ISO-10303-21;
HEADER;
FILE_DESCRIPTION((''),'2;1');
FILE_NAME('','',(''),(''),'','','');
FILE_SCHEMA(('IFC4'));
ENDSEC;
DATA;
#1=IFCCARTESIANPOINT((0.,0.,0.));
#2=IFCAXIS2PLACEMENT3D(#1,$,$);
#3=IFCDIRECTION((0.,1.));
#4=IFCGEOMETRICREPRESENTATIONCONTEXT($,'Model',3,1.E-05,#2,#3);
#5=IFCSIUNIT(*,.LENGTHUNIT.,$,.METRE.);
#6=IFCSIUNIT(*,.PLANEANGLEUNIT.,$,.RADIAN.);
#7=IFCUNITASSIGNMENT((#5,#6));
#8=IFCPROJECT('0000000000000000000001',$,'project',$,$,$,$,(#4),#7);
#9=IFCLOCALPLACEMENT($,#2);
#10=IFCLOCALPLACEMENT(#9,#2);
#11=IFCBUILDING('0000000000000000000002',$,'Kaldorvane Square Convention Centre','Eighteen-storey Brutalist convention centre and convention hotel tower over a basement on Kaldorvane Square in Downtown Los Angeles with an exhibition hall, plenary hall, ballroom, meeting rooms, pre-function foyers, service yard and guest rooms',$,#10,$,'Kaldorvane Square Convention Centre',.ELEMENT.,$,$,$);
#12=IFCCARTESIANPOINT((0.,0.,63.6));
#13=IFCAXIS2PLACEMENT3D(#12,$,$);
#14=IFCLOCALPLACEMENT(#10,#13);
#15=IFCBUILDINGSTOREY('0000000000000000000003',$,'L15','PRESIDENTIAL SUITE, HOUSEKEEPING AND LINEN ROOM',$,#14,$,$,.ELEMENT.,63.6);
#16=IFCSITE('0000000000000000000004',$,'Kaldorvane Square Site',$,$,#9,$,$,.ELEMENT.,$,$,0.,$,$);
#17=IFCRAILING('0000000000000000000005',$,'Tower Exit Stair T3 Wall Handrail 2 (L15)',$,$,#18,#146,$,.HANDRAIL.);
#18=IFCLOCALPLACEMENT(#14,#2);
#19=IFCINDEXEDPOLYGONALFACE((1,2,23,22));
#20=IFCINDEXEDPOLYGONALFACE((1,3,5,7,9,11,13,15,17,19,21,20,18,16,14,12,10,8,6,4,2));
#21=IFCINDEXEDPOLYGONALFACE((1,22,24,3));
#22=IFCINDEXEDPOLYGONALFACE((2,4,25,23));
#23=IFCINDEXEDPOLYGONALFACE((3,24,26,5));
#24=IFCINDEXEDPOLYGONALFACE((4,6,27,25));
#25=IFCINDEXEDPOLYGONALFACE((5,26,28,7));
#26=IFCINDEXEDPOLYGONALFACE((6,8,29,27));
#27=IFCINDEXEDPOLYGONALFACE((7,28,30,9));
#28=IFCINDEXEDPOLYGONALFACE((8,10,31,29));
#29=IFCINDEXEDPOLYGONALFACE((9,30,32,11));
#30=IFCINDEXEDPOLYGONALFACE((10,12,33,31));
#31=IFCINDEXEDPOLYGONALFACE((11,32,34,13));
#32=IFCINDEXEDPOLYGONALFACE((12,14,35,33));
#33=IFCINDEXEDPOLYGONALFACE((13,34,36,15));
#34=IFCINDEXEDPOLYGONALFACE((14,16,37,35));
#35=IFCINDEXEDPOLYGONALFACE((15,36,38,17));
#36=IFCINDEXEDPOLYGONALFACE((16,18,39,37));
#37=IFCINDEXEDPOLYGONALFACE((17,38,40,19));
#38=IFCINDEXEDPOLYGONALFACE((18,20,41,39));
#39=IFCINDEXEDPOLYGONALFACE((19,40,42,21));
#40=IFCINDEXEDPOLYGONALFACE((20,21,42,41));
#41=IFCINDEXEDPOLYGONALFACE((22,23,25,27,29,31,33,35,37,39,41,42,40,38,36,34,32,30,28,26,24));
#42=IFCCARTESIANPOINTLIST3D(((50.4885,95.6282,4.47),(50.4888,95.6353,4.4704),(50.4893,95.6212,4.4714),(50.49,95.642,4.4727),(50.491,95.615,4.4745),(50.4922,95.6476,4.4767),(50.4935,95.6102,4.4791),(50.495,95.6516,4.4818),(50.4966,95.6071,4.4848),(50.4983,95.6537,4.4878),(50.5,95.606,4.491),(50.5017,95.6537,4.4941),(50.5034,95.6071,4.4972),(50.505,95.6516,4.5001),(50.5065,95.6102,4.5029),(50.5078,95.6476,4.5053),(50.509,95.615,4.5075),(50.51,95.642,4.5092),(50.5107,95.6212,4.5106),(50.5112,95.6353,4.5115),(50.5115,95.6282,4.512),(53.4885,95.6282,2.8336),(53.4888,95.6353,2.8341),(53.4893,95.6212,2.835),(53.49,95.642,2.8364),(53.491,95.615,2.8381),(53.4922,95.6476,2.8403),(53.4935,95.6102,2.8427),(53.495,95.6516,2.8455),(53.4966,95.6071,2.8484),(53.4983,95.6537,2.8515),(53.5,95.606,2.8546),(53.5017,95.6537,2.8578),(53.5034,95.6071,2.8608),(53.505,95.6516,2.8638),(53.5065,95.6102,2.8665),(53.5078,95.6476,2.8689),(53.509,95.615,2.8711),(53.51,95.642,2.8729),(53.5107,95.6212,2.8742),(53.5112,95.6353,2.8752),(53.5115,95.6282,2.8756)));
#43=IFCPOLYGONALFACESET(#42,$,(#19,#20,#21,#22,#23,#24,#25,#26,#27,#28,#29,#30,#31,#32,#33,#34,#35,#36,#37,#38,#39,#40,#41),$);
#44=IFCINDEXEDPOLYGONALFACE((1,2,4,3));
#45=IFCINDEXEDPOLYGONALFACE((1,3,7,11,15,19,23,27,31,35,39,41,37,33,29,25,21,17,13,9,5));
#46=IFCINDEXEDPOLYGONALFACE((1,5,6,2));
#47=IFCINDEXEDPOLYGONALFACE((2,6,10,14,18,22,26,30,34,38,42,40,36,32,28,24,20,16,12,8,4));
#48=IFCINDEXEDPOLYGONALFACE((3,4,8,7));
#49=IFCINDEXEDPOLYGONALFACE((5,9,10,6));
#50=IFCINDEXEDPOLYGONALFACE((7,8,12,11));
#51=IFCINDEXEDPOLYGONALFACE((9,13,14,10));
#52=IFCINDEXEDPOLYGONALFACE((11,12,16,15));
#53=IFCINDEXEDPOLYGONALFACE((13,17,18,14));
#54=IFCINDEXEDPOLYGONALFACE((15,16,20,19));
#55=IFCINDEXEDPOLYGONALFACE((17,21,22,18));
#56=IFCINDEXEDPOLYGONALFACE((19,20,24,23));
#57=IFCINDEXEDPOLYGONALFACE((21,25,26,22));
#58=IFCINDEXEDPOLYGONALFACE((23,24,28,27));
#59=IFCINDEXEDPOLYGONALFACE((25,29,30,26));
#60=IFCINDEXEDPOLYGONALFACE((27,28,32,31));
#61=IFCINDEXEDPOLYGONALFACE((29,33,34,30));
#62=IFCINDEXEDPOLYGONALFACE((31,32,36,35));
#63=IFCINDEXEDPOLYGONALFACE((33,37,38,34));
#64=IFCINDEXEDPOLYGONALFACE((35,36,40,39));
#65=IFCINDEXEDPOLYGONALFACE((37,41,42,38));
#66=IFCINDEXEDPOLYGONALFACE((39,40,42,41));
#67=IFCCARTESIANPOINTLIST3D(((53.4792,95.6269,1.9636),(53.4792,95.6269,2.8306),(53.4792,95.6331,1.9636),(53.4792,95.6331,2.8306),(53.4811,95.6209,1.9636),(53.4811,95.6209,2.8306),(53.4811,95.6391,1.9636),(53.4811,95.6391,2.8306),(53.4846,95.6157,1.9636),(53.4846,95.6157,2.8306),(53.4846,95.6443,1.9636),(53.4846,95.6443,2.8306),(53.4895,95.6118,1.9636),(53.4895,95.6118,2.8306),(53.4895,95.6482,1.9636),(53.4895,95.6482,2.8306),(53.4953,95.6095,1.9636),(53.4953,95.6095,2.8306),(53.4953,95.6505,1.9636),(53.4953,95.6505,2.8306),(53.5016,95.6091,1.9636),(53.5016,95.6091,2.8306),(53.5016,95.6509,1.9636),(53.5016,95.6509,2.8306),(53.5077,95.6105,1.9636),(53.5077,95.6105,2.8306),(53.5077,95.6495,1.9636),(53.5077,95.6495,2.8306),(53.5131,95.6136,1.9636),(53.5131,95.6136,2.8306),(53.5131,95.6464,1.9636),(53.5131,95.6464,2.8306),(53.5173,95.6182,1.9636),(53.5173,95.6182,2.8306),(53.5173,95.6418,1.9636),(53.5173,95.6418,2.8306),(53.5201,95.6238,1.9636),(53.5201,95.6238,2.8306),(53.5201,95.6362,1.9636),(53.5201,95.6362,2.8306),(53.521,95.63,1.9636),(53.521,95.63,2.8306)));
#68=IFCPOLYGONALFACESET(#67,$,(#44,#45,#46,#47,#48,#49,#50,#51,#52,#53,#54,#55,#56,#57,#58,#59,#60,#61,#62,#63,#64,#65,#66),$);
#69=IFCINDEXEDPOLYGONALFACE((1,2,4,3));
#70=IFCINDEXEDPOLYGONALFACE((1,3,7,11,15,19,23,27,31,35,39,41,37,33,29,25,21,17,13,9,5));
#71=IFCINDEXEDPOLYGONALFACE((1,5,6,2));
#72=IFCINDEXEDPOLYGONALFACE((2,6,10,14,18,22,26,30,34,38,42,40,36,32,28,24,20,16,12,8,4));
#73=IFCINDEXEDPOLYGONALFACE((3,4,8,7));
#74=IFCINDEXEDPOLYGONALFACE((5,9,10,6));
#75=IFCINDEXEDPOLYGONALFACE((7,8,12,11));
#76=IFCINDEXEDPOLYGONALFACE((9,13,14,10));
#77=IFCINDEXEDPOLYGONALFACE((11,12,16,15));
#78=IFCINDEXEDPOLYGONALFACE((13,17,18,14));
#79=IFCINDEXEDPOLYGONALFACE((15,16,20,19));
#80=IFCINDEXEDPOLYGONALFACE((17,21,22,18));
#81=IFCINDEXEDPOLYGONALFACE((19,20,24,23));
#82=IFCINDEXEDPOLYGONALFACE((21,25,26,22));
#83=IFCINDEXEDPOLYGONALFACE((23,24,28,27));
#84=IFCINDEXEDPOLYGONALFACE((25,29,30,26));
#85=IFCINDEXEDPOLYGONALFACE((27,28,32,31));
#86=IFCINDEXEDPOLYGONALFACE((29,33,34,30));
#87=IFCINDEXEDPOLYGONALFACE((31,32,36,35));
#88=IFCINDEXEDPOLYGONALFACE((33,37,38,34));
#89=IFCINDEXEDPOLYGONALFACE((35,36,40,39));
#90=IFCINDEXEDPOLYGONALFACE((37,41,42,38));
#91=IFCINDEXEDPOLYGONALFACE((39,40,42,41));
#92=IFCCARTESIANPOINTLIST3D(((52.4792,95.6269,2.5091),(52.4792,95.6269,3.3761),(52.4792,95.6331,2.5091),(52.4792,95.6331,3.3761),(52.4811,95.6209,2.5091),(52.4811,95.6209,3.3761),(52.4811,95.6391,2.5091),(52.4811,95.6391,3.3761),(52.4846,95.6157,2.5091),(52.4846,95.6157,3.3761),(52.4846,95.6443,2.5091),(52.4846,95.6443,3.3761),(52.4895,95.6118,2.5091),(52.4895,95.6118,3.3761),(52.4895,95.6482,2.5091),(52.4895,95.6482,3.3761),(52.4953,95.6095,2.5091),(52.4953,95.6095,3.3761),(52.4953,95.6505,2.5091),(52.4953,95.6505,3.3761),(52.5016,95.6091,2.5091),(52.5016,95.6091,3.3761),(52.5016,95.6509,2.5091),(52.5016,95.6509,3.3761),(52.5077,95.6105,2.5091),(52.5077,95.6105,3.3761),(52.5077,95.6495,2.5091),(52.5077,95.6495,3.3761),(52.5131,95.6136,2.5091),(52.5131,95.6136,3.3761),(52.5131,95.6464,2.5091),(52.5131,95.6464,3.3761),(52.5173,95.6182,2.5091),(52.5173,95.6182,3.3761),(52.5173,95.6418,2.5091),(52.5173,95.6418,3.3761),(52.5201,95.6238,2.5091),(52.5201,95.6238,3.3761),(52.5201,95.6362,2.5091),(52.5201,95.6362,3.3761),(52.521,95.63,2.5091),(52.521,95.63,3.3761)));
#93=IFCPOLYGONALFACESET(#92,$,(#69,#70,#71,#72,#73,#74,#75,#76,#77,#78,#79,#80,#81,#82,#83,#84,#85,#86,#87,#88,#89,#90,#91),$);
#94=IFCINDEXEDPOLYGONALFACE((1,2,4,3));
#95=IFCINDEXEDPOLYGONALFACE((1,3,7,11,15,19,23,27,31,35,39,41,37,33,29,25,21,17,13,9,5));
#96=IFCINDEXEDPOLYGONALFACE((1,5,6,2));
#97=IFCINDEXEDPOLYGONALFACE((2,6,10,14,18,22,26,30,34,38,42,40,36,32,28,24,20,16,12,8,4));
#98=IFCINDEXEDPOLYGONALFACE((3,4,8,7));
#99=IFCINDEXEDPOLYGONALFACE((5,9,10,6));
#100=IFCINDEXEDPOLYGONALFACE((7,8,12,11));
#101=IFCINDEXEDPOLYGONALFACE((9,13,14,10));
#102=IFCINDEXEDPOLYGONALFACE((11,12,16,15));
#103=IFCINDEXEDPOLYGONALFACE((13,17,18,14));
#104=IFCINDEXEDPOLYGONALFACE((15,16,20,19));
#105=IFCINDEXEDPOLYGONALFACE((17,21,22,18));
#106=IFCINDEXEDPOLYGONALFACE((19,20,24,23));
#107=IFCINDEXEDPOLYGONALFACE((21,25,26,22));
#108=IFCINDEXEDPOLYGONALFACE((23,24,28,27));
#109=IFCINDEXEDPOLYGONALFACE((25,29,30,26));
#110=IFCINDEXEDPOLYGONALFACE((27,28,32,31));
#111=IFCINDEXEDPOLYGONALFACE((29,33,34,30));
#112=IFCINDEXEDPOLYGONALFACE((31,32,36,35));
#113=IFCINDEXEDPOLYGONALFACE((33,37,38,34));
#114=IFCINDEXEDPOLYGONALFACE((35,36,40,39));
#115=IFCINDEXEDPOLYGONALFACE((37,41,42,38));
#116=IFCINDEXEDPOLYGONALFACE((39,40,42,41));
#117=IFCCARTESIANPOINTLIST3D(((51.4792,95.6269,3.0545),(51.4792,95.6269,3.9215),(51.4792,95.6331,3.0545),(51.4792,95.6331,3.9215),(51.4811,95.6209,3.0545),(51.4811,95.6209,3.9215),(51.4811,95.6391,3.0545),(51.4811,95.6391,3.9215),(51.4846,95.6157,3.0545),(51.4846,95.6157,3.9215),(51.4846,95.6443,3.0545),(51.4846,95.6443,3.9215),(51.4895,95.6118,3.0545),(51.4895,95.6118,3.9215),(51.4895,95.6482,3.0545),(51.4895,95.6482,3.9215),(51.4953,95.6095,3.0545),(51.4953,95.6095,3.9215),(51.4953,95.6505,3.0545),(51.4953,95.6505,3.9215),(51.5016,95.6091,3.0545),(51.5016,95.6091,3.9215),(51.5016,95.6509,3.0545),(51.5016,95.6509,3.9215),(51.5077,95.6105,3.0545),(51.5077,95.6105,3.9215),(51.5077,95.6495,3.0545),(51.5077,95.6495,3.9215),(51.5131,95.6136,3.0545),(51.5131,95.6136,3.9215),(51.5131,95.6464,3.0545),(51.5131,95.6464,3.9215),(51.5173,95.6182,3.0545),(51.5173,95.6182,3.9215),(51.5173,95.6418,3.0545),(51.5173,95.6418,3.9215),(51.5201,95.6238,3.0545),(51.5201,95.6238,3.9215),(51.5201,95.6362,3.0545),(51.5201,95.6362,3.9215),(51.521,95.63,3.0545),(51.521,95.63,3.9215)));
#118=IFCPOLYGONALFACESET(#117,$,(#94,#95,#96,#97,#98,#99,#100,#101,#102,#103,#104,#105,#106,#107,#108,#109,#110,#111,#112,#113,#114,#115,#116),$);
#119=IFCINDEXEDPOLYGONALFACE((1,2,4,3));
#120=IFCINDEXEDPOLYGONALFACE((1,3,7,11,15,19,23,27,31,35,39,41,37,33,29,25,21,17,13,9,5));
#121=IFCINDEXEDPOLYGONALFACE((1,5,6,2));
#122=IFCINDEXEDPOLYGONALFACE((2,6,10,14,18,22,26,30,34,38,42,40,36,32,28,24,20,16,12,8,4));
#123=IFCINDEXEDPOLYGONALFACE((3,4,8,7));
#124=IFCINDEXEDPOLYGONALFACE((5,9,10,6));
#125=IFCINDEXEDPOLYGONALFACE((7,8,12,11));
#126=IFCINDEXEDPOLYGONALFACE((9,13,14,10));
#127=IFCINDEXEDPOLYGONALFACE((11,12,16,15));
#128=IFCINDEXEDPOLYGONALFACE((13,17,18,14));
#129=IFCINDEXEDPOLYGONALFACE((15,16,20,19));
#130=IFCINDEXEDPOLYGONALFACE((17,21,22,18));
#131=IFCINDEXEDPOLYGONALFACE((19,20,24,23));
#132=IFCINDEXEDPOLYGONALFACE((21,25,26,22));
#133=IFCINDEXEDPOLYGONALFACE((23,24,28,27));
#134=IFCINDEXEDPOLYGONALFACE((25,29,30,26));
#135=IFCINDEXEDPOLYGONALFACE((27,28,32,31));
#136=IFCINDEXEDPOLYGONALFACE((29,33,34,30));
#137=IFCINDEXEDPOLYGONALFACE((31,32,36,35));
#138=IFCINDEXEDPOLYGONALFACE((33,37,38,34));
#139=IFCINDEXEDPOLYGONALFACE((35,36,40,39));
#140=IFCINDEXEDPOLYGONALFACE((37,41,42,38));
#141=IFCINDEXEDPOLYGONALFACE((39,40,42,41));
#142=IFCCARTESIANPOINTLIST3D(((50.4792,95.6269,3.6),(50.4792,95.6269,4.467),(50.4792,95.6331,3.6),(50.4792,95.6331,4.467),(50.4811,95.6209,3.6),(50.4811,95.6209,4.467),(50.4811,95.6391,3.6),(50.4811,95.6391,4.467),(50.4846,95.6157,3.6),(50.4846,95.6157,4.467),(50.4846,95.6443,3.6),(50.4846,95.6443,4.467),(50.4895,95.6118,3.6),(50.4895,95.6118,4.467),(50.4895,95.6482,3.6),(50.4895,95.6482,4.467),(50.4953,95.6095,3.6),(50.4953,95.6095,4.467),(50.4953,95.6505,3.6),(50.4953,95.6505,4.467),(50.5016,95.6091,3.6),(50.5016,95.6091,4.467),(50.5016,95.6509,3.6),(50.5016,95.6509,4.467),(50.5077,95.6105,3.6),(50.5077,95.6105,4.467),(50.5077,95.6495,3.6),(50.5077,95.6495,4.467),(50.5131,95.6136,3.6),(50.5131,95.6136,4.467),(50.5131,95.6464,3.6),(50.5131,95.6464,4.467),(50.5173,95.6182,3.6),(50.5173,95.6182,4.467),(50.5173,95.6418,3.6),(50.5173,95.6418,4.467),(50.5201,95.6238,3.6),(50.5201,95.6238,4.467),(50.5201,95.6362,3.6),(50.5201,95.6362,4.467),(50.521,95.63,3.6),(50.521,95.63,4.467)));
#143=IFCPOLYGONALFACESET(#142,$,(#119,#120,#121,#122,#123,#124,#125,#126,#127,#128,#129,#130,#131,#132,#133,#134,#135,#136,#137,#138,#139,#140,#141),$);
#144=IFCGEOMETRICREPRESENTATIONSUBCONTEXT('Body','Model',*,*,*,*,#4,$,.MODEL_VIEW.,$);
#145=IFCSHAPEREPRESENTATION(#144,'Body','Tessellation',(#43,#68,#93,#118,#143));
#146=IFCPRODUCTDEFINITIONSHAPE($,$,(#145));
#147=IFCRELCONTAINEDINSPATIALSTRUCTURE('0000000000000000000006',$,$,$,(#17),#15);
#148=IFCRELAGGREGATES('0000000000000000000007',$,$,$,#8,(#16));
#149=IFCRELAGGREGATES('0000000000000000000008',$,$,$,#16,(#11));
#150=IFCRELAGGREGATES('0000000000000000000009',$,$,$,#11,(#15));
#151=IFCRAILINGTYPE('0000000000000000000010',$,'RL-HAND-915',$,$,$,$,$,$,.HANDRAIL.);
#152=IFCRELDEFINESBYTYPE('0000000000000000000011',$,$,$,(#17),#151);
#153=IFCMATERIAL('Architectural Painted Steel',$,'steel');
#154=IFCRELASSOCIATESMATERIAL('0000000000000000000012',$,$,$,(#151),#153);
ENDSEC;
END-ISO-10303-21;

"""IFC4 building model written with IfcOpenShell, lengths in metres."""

from ifc_helpers import new_model, si_unit, direction, frame, origin, origin_2d, place, context, subcontext, project, spatial, circle, extrude, material, type_object, element, save


model = new_model("IFC4")

# Units and contexts
model_context = context("Model", 3, precision=1e-05, world=origin(), true_north=direction((0.0, 1.0)))
body_context = subcontext(model_context, "Body", "Model", "MODEL_VIEW")
ifc_project = project(units=[si_unit("LENGTHUNIT", "METRE"), si_unit("PLANEANGLEUNIT", "RADIAN")], contexts=[model_context])

# Site, building, storey
site_placement = place(None, origin())
site = spatial("IfcSite", under=ifc_project, at=site_placement, Name="Kaldorvane Square Site", CompositionType="ELEMENT", RefElevation=0.0)
building_placement = place(site_placement, origin())
building = spatial("IfcBuilding", under=site, at=building_placement, Name="Kaldorvane Square Convention Centre", Description="Eighteen-storey Brutalist convention centre and convention hotel tower over a basement on Kaldorvane Square in Downtown Los Angeles with an exhibition hall, plenary hall, ballroom, meeting rooms, pre-function foyers, service yard and guest rooms", LongName="Kaldorvane Square Convention Centre", CompositionType="ELEMENT")
storey_placement = place(building_placement, frame((0.0, 0.0, 63.6)))
storey = spatial("IfcBuildingStorey", under=building, at=storey_placement, Name="L15", Description="PRESIDENTIAL SUITE, HOUSEKEEPING AND LINEN ROOM", CompositionType="ELEMENT", Elevation=63.6)

# Railing
ifc_material_1 = material(Name="Architectural Painted Steel", Category="steel")
railing_type = type_object("IfcRailingType", Name="RL-HAND-915", PredefinedType="HANDRAIL", material=ifc_material_1)
railing_placement = place(storey_placement, frame((53.5, 95.63, 1.9636)))
element("IfcRailing", 1, at=railing_placement, inside=storey, type_object=railing_type, Name="Tower Exit Stair T3 Wall Handrail 2 (L15)", PredefinedType="HANDRAIL", context=body_context, shape_type="SweptSolid", body=[
    extrude(circle(Radius=0.024, at=origin_2d()), frame((0.0, 0.0, 0.891), z_axis=(-0.877895, 0.0, 0.478853), x_axis=(0.0, -1.0, 0.0)), (0.0, 0.0, 1.0), 3.4173),
    extrude(circle(Radius=0.021, at=origin_2d()), origin(), (0.0, 0.0, 1.0), 0.867),
    extrude(circle(Radius=0.021, at=origin_2d()), frame((-1.0, 0.0, 0.5455)), (0.0, 0.0, 1.0), 0.867),
    extrude(circle(Radius=0.021, at=origin_2d()), frame((-2.0, 0.0, 1.0909)), (0.0, 0.0, 1.0), 0.867),
    extrude(circle(Radius=0.021, at=origin_2d()), frame((-3.0, 0.0, 1.6364)), (0.0, 0.0, 1.0), 0.867),
])

save(model, "model.ifc")
